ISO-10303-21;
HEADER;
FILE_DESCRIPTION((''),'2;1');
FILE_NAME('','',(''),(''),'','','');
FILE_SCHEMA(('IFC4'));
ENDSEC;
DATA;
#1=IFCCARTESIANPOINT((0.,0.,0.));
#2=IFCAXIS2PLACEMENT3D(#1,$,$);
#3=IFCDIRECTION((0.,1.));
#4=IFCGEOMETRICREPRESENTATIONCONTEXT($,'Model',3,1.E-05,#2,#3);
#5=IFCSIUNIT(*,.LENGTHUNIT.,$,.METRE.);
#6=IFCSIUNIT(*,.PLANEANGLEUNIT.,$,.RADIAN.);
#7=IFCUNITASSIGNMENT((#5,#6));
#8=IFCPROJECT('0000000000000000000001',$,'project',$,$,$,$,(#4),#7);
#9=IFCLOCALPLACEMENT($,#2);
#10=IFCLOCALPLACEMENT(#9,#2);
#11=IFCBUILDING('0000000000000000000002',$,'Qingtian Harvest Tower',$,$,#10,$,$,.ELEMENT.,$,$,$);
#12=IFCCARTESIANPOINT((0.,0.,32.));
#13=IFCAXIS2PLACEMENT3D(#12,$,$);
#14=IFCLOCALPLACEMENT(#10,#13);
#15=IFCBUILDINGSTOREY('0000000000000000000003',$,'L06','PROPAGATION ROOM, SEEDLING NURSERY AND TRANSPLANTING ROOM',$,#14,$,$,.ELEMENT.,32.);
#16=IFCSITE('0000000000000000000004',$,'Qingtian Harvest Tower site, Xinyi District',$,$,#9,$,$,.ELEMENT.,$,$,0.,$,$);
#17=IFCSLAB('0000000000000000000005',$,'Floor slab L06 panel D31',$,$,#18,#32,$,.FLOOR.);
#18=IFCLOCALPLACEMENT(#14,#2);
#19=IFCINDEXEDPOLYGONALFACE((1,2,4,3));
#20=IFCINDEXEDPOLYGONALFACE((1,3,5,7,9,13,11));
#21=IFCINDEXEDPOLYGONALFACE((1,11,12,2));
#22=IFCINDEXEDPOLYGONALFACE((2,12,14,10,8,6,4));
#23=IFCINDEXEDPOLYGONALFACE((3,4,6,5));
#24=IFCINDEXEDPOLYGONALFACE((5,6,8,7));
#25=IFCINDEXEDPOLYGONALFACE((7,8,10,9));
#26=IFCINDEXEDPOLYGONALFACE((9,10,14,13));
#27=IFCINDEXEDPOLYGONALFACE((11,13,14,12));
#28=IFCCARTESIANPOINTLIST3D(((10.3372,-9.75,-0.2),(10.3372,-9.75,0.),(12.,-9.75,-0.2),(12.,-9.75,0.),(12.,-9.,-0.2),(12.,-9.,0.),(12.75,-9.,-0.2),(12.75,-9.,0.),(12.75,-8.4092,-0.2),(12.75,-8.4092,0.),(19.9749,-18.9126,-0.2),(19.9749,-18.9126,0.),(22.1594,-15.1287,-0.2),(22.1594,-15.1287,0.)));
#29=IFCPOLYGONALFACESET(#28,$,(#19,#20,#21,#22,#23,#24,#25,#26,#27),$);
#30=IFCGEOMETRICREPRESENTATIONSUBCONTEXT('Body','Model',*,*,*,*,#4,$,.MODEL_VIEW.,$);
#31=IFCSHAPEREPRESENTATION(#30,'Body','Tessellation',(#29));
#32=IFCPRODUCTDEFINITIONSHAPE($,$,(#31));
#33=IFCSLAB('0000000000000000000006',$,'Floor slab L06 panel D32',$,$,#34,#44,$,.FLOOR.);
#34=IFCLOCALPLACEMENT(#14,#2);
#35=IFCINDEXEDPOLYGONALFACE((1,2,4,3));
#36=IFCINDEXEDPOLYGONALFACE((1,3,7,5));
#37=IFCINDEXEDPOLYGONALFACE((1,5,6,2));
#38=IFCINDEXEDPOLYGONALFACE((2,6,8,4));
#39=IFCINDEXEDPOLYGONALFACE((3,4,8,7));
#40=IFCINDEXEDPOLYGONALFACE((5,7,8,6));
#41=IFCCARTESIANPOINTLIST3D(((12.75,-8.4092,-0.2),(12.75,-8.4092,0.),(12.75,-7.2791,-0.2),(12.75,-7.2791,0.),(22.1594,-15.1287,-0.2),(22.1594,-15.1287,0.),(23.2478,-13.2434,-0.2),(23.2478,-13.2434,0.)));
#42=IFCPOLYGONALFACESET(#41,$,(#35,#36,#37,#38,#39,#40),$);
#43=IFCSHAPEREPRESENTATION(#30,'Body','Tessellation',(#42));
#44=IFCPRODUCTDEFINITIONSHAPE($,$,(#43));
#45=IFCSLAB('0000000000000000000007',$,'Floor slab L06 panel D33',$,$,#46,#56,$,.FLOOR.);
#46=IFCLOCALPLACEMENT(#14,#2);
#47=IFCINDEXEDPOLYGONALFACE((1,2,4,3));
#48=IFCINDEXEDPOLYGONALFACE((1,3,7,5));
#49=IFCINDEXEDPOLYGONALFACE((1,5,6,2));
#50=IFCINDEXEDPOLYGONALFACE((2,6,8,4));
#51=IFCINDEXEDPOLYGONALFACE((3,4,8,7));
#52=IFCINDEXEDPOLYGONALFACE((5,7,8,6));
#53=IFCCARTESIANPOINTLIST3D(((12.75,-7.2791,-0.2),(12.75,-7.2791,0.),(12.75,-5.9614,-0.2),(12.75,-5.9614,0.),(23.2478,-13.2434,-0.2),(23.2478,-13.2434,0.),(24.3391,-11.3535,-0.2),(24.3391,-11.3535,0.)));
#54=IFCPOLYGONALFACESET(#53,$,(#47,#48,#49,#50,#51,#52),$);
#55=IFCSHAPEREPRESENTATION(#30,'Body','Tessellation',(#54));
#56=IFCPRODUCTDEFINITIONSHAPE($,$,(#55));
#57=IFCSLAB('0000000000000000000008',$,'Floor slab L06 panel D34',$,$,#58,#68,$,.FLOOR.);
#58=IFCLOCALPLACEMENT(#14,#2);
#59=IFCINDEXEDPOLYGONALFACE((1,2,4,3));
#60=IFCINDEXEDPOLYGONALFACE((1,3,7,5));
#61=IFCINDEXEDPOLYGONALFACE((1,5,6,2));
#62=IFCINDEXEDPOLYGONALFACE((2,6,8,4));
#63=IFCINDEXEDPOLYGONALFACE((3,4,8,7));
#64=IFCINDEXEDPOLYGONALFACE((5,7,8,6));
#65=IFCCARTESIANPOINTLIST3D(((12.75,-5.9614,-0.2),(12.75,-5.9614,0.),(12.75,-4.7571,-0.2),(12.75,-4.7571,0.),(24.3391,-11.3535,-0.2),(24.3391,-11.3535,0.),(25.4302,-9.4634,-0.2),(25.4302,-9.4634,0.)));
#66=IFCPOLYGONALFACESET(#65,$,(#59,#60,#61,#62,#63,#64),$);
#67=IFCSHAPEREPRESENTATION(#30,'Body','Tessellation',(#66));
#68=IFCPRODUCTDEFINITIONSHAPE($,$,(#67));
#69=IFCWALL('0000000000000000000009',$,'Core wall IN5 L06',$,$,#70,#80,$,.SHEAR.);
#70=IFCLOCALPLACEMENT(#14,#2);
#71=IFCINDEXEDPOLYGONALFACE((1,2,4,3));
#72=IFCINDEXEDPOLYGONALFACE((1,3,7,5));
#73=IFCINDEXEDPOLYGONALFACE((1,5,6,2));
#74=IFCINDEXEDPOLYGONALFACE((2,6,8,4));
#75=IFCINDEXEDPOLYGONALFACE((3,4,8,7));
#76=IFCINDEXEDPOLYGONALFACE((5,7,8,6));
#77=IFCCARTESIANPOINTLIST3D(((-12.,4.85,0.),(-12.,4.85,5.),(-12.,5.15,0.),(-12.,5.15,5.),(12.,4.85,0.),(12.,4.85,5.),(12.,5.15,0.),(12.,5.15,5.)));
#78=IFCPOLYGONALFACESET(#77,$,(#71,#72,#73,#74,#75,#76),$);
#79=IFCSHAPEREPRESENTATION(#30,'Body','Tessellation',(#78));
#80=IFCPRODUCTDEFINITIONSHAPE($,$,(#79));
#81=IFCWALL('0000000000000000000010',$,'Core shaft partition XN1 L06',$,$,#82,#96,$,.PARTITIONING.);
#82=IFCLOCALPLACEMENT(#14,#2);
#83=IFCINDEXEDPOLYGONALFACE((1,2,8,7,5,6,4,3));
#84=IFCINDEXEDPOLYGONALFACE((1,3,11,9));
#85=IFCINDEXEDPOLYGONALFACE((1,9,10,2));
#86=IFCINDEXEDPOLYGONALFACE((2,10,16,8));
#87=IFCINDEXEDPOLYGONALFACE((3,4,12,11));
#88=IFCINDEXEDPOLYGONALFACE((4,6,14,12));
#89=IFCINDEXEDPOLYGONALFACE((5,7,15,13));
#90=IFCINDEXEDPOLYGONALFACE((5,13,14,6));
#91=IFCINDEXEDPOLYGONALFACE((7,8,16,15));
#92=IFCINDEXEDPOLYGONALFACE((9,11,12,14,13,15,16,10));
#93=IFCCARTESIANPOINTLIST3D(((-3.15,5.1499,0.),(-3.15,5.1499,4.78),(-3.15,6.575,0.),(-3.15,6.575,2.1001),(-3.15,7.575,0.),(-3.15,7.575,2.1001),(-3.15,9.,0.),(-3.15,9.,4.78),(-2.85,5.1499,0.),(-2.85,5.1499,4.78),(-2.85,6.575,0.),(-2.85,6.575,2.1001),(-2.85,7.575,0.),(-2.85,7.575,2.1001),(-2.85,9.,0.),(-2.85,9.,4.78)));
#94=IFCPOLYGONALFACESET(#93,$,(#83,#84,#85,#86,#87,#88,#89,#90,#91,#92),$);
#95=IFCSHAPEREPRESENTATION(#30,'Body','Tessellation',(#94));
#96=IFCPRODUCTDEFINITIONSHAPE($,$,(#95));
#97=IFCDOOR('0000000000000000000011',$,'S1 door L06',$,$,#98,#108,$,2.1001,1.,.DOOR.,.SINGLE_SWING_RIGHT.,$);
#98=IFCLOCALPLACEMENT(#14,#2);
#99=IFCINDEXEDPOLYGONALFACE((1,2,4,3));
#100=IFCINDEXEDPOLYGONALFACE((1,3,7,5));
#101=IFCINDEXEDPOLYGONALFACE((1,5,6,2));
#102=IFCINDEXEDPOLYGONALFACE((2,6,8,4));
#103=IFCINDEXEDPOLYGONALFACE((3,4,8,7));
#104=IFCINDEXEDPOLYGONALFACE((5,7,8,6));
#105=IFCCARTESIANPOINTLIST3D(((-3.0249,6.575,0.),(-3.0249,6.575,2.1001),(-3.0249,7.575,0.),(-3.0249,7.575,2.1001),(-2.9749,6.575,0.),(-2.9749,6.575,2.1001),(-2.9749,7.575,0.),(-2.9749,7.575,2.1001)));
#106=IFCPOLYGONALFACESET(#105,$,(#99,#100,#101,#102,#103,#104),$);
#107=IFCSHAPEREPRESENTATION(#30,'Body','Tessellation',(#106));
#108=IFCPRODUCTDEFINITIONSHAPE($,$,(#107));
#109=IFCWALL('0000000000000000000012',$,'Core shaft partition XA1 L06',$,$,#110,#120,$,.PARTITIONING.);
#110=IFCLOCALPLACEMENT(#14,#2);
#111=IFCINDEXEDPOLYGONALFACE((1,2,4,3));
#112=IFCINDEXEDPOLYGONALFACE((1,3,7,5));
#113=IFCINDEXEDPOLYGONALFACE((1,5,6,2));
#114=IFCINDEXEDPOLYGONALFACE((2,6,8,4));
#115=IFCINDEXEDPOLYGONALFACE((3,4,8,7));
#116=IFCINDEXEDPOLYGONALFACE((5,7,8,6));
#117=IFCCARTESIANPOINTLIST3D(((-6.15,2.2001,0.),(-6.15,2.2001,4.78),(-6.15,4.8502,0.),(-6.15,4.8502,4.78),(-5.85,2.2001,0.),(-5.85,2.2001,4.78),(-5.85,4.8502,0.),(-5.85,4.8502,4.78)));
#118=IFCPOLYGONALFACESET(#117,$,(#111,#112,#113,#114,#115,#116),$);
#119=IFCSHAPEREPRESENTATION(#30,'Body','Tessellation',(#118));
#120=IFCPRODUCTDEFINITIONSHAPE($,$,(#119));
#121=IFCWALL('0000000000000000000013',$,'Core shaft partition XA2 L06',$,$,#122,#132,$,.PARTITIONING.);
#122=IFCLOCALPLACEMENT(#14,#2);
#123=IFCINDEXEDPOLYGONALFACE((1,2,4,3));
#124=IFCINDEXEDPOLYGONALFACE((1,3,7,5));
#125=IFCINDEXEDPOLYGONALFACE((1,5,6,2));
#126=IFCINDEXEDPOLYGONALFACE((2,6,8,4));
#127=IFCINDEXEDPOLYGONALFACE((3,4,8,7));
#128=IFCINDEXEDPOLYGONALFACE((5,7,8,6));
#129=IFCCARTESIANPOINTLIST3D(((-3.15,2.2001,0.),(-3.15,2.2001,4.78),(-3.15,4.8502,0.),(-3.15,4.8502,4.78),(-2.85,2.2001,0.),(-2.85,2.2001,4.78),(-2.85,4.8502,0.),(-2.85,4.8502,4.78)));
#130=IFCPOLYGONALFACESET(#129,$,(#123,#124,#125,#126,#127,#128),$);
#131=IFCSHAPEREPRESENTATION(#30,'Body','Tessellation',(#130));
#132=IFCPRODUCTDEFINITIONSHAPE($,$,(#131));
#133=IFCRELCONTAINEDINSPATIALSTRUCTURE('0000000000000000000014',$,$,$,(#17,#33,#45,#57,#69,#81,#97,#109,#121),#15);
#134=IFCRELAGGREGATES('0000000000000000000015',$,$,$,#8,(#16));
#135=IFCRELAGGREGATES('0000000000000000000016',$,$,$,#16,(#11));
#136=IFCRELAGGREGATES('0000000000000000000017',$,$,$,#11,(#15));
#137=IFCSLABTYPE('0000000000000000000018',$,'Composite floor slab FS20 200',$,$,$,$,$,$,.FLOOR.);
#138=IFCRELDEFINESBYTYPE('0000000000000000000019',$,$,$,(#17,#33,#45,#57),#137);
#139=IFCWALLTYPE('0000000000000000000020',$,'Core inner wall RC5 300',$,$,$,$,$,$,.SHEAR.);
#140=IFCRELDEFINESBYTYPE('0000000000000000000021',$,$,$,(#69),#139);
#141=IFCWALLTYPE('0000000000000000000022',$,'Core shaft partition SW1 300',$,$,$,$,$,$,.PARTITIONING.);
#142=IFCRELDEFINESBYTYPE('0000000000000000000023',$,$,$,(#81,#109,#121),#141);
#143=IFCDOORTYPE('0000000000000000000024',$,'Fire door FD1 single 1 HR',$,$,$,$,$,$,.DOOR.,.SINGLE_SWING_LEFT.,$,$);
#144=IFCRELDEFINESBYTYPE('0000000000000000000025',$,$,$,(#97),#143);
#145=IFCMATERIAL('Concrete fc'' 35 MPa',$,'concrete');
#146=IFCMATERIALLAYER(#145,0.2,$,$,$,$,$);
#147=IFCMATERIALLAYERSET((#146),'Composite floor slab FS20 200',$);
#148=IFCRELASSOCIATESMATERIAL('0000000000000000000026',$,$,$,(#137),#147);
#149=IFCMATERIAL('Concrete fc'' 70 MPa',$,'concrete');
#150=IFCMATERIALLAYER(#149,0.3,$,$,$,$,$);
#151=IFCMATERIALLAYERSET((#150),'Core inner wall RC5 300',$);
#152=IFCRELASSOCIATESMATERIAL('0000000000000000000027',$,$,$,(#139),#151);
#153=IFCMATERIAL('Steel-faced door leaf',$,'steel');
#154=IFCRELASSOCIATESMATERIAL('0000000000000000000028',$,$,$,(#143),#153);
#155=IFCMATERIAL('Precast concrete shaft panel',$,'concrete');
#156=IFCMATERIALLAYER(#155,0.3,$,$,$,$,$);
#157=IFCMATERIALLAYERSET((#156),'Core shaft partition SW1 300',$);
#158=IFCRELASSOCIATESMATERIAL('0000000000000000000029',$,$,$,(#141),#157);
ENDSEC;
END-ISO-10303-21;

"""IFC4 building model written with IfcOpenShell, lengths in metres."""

from ifc_helpers import new_model, si_unit, direction, frame, frame_2d, origin, place, context, subcontext, project, spatial, polyline, rectangle, outline, extrude, material, layer, layer_set, type_object, element, fill, save


model = new_model("IFC4")

# Units and contexts
model_context = context("Model", 3, precision=1e-05, world=origin(), true_north=direction((0.0, 1.0)))
body_context = subcontext(model_context, "Body", "Model", "MODEL_VIEW")
ifc_project = project(units=[si_unit("LENGTHUNIT", "METRE"), si_unit("PLANEANGLEUNIT", "RADIAN")], contexts=[model_context])

# Site, building, storey
site_placement = place(None, origin())
site = spatial("IfcSite", under=ifc_project, at=site_placement, Name="Qingtian Harvest Tower site, Xinyi District", CompositionType="ELEMENT", RefElevation=0.0)
building_placement = place(site_placement, origin())
building = spatial("IfcBuilding", under=site, at=building_placement, Name="Qingtian Harvest Tower", CompositionType="ELEMENT")
storey_placement = place(building_placement, frame((0.0, 0.0, 32.0)))
storey = spatial("IfcBuildingStorey", under=building, at=storey_placement, Name="L06", Description="PROPAGATION ROOM, SEEDLING NURSERY AND TRANSPLANTING ROOM", CompositionType="ELEMENT", Elevation=32.0)

# Slabs
ifc_material_1 = material(Name="Concrete fc' 35 MPa", Category="concrete")
ifc_layer_1 = layer(ifc_material_1, 0.2)
ifc_layer_set_1 = layer_set([ifc_layer_1], Name="Composite floor slab FS20 200")
slab_type = type_object("IfcSlabType", Name="Composite floor slab FS20 200", PredefinedType="FLOOR", material=ifc_layer_set_1)
slab_1_placement = place(storey_placement, frame((0.0, 0.0, -0.2)))
element("IfcSlab", 1, at=slab_1_placement, inside=storey, type_object=slab_type, Name="Floor slab L06 panel D31", PredefinedType="FLOOR", context=body_context, shape_type="SweptSolid", body=[
    extrude(outline(polyline([(12.75, -8.4092), (22.1594, -15.1287), (19.9749, -18.9126), (10.3372, -9.75), (12.0, -9.75), (12.0, -9.0), (12.75, -9.0), (12.75, -8.4092)])), origin(), (0.0, 0.0, 1.0), 0.2),
])
slab_2_placement = place(storey_placement, frame((0.0, 0.0, -0.2)))
element("IfcSlab", 2, at=slab_2_placement, inside=storey, type_object=slab_type, Name="Floor slab L06 panel D32", PredefinedType="FLOOR", context=body_context, shape_type="SweptSolid", body=[
    extrude(outline(polyline([(12.75, -7.2791), (23.2478, -13.2434), (22.1594, -15.1287), (12.75, -8.4092), (12.75, -7.2791)])), origin(), (0.0, 0.0, 1.0), 0.2),
])
slab_3_placement = place(storey_placement, frame((0.0, 0.0, -0.2)))
element("IfcSlab", 3, at=slab_3_placement, inside=storey, type_object=slab_type, Name="Floor slab L06 panel D33", PredefinedType="FLOOR", context=body_context, shape_type="SweptSolid", body=[
    extrude(outline(polyline([(12.75, -5.9614), (24.3391, -11.3535), (23.2478, -13.2434), (12.75, -7.2791), (12.75, -5.9614)])), origin(), (0.0, 0.0, 1.0), 0.2),
])
slab_4_placement = place(storey_placement, frame((0.0, 0.0, -0.2)))
element("IfcSlab", 4, at=slab_4_placement, inside=storey, type_object=slab_type, Name="Floor slab L06 panel D34", PredefinedType="FLOOR", context=body_context, shape_type="SweptSolid", body=[
    extrude(outline(polyline([(12.75, -4.7571), (25.4302, -9.4634), (24.3391, -11.3535), (12.75, -5.9614), (12.75, -4.7571)])), origin(), (0.0, 0.0, 1.0), 0.2),
])

# Wall
ifc_material_2 = material(Name="Concrete fc' 70 MPa", Category="concrete")
ifc_layer_2 = layer(ifc_material_2, 0.3)
ifc_layer_set_2 = layer_set([ifc_layer_2], Name="Core inner wall RC5 300")
wall_type_1 = type_object("IfcWallType", Name="Core inner wall RC5 300", PredefinedType="SHEAR", material=ifc_layer_set_2)
wall_1_placement = place(storey_placement, frame((-12.0, 5.0, 0.0), z_axis=(0.0, 0.0, 1.0), x_axis=(1.0, 0.0, 0.0)))
element("IfcWall", 5, at=wall_1_placement, inside=storey, type_object=wall_type_1, Name="Core wall IN5 L06", PredefinedType="SHEAR", context=body_context, shape_type="SweptSolid", body=[
    extrude(rectangle(XDim=24.0, YDim=0.3, at=frame_2d((12.0, 0.0))), origin(), (0.0, 0.0, 1.0), 5.0),
])

# Shared definitions
ifc_material_3 = material(Name="Steel-faced door leaf", Category="steel")
door_type_1 = type_object("IfcDoorType", Name="Fire door FD1 single 1 HR", OperationType="SINGLE_SWING_LEFT", PredefinedType="DOOR", material=ifc_material_3)

# Wall, opening, door
ifc_material_4 = material(Name="Precast concrete shaft panel", Category="concrete")
ifc_layer_3 = layer(ifc_material_4, 0.3)
ifc_layer_set_3 = layer_set([ifc_layer_3], Name="Core shaft partition SW1 300")
wall_type_2 = type_object("IfcWallType", Name="Core shaft partition SW1 300", PredefinedType="PARTITIONING", material=ifc_layer_set_3)
wall_2_placement = place(storey_placement, frame((-3.0, 5.1499, 0.0), z_axis=(0.0, 0.0, 1.0), x_axis=(0.0, 1.0, 0.0)))
wall_2 = element("IfcWall", 6, at=wall_2_placement, inside=storey, type_object=wall_type_2, Name="Core shaft partition XN1 L06", PredefinedType="PARTITIONING", context=body_context, shape_type="SweptSolid", body=[
    extrude(rectangle(XDim=3.8501, YDim=0.3, at=frame_2d((1.925, 0.0))), origin(), (0.0, 0.0, 1.0), 4.78),
])
opening_1_placement = place(wall_2_placement, frame((1.425, 0.0, 0.0)))
opening_1 = element("IfcOpeningElement", 7, at=opening_1_placement, cuts=wall_2, PredefinedType="OPENING", context=body_context, shape_type="SweptSolid", body=[
    extrude(rectangle(XDim=1.0, YDim=2.1001, at=frame_2d((0.5, 1.05))), frame((0.0, 0.1599, 0.0), z_axis=(0.0, -1.0, 0.0), x_axis=(1.0, 0.0, 0.0)), (0.0, 0.0, 1.0), 0.3201),
])
door_1_placement = place(opening_1_placement, origin())
door_1 = element("IfcDoor", 8, at=door_1_placement, inside=storey, type_object=door_type_1, Name="S1 door L06", OperationType="SINGLE_SWING_RIGHT", OverallHeight=2.1001, OverallWidth=1.0, PredefinedType="DOOR", context=body_context, shape_type="SweptSolid", body=[
    extrude(rectangle(XDim=1.0, YDim=2.1001, at=frame_2d((0.5, 1.05))), frame((0.0, 0.0249, 0.0), z_axis=(0.0, -1.0, 0.0), x_axis=(1.0, 0.0, 0.0)), (0.0, 0.0, 1.0), 0.05),
])
fill(opening_1, door_1)

# Walls
for number, where, z_axis, x_axis, name in (
    (9, (-6.0, 2.2, 0.0), (0.0, 0.0, 1.0), (0.0, 1.0, 0.0), "Core shaft partition XA1 L06"),
    (10, (-3.0, 2.2, 0.0), (0.0, 0.0, 1.0), (0.0, 1.0, 0.0), "Core shaft partition XA2 L06"),
):
    element("IfcWall", number, at=place(storey_placement, frame(where, z_axis=z_axis, x_axis=x_axis)), inside=storey, type_object=wall_type_2, Name=name, PredefinedType="PARTITIONING", context=body_context, shape_type="SweptSolid", body=[
        extrude(rectangle(XDim=2.6501, YDim=0.3, at=frame_2d((1.3252, 0.0))), origin(), (0.0, 0.0, 1.0), 4.78),
    ])

save(model, "model.ifc")
